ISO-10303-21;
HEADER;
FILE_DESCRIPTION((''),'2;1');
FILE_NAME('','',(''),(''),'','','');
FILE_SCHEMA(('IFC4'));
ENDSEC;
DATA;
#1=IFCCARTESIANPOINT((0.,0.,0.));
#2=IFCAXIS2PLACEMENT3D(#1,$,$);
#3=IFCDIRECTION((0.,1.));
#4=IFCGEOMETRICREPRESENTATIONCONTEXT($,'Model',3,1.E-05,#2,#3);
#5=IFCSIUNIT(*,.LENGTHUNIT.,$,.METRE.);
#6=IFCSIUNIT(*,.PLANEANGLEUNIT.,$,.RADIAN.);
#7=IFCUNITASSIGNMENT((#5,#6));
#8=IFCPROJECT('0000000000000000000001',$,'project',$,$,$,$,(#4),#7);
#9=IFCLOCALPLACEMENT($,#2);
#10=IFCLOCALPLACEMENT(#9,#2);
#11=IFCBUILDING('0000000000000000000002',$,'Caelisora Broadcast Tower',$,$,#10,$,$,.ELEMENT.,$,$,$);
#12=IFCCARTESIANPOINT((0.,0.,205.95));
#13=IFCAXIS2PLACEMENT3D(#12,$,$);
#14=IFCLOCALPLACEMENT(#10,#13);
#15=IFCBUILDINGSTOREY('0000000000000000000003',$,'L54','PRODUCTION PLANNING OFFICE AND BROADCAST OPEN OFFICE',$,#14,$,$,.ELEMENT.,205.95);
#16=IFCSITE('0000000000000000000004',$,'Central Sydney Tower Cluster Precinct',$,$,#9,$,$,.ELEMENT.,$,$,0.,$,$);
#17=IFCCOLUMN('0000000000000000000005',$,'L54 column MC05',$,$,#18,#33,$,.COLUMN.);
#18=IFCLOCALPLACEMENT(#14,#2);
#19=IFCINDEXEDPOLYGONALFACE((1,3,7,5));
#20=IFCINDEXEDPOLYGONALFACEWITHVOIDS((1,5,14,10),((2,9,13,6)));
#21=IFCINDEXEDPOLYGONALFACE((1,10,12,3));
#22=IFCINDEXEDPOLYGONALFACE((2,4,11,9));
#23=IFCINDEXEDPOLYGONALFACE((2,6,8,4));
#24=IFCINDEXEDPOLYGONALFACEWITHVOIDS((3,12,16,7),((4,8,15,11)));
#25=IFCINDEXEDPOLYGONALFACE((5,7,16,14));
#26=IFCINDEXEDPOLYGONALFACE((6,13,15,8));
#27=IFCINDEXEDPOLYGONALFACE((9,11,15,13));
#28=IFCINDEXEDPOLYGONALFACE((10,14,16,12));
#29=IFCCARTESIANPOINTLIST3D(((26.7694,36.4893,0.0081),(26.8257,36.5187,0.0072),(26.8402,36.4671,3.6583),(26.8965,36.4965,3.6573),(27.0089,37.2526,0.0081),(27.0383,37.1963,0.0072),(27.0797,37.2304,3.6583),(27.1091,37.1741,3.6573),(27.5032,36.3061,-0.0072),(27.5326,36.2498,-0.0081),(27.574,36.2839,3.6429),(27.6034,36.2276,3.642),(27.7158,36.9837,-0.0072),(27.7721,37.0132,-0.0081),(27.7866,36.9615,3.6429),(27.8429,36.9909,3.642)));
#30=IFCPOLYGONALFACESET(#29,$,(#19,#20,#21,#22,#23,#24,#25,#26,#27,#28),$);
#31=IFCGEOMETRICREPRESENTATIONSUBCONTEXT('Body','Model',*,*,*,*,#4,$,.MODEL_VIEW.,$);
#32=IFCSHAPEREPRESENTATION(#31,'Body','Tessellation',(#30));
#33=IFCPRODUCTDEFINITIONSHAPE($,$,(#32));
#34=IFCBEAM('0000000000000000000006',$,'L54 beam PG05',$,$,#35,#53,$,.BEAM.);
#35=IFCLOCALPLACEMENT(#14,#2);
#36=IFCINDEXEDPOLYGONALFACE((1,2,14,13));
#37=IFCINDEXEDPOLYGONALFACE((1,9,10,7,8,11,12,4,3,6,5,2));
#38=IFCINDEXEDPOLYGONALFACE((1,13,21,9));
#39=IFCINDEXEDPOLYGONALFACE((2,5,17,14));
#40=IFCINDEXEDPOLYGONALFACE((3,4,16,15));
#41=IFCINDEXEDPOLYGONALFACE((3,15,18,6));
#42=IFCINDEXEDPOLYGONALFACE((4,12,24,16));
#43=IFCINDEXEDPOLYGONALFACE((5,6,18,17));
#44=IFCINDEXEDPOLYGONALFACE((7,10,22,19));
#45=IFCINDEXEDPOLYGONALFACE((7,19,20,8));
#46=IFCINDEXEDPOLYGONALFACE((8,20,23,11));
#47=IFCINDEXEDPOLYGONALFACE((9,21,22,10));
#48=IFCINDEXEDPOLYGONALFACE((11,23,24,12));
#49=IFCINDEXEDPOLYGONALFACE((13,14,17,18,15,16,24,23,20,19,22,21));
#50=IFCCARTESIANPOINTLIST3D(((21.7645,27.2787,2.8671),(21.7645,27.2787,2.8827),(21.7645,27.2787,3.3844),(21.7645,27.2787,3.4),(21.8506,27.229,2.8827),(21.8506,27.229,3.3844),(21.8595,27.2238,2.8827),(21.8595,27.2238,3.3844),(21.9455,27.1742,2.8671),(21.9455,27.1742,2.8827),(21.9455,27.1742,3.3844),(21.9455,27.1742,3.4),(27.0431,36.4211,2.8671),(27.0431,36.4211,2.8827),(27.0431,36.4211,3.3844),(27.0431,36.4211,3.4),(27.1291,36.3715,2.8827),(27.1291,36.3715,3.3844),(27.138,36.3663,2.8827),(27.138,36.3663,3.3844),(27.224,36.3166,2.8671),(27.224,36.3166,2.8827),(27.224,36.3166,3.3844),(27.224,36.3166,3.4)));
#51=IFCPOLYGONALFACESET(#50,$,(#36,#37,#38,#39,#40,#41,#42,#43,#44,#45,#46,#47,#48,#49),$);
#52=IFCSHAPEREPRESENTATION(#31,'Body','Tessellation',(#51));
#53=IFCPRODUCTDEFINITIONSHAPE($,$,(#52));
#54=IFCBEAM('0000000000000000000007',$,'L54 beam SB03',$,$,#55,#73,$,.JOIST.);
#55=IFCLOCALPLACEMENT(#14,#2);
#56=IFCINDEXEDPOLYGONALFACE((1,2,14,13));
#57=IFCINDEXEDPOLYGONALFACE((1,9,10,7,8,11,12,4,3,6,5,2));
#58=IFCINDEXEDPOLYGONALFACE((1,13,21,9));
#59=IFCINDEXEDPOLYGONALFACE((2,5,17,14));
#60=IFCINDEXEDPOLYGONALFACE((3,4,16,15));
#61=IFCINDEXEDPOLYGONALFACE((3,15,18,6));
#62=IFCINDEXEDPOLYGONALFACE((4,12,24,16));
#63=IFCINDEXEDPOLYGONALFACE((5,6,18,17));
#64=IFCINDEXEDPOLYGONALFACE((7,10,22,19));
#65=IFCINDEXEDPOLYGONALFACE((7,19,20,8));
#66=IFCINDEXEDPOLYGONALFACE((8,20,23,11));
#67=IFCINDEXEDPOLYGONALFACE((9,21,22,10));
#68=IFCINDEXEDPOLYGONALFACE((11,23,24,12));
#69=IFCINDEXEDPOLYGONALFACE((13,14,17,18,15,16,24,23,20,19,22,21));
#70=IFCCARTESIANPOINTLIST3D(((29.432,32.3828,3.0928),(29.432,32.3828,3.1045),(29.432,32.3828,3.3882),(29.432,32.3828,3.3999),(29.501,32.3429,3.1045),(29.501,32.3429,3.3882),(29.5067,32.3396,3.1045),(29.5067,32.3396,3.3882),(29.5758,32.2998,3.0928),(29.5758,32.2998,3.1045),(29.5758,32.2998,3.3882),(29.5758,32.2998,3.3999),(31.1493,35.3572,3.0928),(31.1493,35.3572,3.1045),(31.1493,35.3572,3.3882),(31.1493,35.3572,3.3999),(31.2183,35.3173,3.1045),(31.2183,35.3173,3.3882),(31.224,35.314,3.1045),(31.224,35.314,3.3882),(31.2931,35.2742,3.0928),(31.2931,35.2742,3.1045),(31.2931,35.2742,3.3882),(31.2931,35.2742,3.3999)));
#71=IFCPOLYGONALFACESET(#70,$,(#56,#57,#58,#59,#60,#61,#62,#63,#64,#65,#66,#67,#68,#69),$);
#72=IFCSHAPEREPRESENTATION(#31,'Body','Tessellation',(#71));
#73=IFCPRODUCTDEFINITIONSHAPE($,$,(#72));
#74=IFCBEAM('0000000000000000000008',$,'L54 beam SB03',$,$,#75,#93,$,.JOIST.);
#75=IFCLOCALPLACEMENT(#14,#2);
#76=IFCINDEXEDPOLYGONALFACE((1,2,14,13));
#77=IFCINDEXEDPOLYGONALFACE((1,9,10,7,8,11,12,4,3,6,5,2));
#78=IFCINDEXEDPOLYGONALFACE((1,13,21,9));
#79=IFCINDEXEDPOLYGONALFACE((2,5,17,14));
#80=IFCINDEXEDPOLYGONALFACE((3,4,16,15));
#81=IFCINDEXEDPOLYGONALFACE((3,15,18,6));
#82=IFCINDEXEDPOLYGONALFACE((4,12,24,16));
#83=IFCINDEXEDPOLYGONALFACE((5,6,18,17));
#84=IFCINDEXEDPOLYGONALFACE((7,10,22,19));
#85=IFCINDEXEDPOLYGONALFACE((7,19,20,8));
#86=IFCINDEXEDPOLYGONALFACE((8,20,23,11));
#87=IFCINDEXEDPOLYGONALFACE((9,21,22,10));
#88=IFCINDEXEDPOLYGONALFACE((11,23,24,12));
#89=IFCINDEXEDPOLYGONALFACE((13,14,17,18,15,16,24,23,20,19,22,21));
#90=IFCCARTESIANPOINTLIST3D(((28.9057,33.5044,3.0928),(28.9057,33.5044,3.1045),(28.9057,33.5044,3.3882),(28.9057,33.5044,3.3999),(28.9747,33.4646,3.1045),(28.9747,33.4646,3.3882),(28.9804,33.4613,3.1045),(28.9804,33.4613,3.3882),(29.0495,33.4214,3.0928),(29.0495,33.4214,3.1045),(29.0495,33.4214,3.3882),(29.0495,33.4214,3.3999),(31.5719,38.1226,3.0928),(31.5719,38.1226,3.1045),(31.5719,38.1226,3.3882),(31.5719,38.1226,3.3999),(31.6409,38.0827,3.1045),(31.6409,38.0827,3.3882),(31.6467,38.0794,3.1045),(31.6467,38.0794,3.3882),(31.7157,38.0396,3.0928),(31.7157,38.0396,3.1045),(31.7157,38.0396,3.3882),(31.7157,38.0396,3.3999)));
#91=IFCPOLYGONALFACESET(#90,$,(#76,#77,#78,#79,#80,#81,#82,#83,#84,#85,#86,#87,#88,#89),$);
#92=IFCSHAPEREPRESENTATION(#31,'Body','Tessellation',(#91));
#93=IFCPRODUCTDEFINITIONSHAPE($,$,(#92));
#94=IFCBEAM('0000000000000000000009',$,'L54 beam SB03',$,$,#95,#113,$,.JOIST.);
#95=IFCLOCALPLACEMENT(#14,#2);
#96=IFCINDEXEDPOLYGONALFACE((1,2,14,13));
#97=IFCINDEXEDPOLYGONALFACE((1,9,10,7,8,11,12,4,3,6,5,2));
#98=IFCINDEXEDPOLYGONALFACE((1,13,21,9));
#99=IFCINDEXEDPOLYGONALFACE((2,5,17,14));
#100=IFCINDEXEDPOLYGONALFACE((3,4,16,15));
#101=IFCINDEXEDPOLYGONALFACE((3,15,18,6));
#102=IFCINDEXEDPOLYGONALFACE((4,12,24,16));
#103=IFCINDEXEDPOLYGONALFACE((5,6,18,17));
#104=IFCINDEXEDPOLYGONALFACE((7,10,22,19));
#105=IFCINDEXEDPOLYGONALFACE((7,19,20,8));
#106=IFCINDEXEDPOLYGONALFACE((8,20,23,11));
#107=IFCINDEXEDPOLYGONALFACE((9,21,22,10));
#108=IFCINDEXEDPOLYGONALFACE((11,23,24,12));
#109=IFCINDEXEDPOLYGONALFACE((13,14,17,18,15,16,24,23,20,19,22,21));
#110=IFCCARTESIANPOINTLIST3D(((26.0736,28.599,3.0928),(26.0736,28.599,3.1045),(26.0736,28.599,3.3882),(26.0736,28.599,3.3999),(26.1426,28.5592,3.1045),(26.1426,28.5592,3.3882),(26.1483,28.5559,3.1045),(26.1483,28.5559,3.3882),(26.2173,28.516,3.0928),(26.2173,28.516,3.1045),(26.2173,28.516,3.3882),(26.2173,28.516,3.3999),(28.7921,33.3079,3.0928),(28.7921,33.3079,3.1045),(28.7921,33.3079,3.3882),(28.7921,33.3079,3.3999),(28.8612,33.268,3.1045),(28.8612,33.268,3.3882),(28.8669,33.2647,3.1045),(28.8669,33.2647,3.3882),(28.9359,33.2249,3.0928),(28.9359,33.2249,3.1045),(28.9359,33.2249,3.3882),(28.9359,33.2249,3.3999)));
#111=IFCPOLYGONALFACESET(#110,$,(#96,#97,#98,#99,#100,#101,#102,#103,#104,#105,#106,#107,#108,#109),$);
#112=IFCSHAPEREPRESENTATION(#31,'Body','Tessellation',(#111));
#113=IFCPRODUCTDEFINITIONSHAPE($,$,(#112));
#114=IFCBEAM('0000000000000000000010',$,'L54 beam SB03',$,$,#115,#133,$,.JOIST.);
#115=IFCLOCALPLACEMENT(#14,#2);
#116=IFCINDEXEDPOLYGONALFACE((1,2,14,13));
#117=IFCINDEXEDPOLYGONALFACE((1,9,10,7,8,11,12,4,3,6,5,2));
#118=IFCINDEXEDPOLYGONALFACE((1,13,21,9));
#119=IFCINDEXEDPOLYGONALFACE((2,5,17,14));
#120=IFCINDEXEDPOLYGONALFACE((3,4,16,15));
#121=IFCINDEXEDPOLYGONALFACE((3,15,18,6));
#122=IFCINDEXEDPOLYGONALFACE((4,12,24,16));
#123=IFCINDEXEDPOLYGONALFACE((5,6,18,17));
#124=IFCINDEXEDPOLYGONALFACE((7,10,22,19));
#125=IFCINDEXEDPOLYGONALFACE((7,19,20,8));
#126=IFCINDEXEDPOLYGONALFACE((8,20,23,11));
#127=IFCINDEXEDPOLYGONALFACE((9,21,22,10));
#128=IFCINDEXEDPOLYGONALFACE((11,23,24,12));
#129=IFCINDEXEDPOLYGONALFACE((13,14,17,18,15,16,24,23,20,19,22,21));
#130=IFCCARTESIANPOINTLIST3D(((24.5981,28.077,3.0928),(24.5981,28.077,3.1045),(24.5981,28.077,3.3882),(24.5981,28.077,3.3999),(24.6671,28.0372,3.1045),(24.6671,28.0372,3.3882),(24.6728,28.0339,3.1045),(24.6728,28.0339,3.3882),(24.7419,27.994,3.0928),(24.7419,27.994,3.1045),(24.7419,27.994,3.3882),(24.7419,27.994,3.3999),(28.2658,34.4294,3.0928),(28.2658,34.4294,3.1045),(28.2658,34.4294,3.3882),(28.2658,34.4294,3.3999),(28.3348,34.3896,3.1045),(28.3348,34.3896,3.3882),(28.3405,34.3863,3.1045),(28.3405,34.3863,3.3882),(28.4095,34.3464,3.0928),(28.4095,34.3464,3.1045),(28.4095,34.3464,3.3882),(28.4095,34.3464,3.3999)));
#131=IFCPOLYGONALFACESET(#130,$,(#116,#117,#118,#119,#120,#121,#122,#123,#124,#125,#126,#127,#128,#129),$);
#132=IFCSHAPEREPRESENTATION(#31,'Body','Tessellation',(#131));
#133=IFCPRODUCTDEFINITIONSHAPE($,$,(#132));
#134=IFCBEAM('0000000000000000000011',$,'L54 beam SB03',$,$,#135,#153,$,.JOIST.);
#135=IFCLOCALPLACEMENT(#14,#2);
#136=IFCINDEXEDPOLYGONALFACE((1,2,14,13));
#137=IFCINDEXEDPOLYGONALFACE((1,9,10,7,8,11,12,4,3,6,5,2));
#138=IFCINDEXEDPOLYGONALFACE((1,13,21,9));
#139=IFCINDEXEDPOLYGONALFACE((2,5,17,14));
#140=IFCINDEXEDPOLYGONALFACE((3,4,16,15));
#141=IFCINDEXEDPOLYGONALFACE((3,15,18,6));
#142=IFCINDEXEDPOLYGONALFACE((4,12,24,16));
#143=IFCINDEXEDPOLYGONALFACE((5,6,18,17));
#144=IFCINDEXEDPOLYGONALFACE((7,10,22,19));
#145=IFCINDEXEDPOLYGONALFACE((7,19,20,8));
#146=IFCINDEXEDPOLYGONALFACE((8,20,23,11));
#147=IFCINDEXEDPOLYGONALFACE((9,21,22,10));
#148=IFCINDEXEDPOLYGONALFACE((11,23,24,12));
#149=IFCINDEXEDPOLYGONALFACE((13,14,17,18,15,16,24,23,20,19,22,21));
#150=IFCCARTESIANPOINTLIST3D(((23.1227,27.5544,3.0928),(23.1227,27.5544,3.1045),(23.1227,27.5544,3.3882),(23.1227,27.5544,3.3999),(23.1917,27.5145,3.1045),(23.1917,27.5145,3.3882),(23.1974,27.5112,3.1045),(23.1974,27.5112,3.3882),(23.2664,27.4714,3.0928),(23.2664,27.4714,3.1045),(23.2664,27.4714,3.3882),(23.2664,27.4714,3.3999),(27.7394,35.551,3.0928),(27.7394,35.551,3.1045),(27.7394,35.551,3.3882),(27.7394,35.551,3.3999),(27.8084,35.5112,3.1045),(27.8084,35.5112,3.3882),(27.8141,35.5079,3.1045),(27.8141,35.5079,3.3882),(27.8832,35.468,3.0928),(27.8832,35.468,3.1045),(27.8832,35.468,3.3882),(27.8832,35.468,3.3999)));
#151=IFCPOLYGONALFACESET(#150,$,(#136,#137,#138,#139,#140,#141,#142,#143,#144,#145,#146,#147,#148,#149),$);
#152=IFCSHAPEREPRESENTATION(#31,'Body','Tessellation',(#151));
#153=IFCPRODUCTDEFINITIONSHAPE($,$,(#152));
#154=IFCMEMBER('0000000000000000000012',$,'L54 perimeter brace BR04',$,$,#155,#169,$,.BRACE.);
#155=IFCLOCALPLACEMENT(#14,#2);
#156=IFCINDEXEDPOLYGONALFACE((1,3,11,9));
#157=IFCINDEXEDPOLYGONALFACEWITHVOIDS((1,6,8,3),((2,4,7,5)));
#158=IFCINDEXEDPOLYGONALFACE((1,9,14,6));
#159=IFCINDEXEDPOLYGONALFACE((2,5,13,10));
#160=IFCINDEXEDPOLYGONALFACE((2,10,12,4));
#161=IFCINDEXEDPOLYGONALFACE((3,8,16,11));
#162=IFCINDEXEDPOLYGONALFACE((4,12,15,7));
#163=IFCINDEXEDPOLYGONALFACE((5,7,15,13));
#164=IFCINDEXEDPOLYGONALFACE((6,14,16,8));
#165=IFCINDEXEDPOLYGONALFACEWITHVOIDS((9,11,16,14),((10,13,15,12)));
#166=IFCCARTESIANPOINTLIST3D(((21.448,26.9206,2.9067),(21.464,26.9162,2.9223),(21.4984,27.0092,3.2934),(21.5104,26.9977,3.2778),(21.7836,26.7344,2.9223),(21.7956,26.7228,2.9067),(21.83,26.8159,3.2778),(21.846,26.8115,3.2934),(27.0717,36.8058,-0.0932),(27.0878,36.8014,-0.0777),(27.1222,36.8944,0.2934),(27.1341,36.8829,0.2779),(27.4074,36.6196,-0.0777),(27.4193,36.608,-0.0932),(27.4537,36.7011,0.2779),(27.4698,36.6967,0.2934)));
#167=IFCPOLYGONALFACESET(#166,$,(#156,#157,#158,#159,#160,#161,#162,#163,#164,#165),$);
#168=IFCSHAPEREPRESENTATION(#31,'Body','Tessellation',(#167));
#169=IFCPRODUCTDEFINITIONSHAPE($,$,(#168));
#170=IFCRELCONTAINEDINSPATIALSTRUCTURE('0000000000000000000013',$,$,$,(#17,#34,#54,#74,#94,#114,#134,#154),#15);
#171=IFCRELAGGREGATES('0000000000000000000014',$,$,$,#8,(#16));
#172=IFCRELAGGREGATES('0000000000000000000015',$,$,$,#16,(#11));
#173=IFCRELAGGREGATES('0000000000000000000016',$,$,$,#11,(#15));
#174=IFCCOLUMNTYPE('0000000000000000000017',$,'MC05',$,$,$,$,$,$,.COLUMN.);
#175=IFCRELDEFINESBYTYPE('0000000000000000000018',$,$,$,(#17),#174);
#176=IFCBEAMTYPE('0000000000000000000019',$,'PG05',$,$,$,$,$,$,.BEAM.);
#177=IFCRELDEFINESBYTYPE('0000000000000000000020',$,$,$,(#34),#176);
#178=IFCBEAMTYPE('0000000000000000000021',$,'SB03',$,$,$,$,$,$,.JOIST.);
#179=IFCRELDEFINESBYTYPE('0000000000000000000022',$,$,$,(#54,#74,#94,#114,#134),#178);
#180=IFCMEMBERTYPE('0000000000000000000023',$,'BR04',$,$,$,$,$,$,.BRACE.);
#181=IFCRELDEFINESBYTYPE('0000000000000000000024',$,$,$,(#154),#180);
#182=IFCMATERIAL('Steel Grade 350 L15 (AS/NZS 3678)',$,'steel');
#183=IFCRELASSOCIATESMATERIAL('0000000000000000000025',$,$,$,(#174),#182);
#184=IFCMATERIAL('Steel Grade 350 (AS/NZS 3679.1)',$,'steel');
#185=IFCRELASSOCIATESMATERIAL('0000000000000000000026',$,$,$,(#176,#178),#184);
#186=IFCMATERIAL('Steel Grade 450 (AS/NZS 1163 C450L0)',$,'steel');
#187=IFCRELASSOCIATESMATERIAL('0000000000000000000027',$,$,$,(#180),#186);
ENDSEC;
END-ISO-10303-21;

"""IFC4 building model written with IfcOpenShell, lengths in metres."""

from ifc_helpers import new_model, si_unit, direction, frame, origin, origin_2d, place, context, subcontext, project, spatial, hollow_rectangle, i_section, extrude, source, transform, mapped, material, material_profile, profile_set, type_object, type_shapes, element, save


model = new_model("IFC4")

# Units and contexts
model_context = context("Model", 3, precision=1e-05, world=origin(), true_north=direction((0.0, 1.0)))
body_context = subcontext(model_context, "Body", "Model", "MODEL_VIEW")
ifc_project = project(units=[si_unit("LENGTHUNIT", "METRE"), si_unit("PLANEANGLEUNIT", "RADIAN")], contexts=[model_context])

# Site, building, storey
site_placement = place(None, origin())
site = spatial("IfcSite", under=ifc_project, at=site_placement, Name="Central Sydney Tower Cluster Precinct", CompositionType="ELEMENT", RefElevation=0.0)
building_placement = place(site_placement, origin())
building = spatial("IfcBuilding", under=site, at=building_placement, Name="Caelisora Broadcast Tower", CompositionType="ELEMENT")
storey_placement = place(building_placement, frame((0.0, 0.0, 205.95)))
storey = spatial("IfcBuildingStorey", under=building, at=storey_placement, Name="L54", Description="PRODUCTION PLANNING OFFICE AND BROADCAST OPEN OFFICE", CompositionType="ELEMENT", Elevation=205.95)

# Column
ifc_material_1 = material(Name="Steel Grade 350 L15 (AS/NZS 3678)", Category="steel")
ifc_material_profile_1 = material_profile(ifc_material_1, hollow_rectangle(XDim=0.8, YDim=0.8, WallThickness=0.0449, at=origin_2d()), Name="Steel Grade 350 L15 (AS/NZS 3678)")
ifc_profile_set_1 = profile_set([ifc_material_profile_1], Name="Steel Grade 350 L15 (AS/NZS 3678)")
column_type = type_object("IfcColumnType", Name="MC05", PredefinedType="COLUMN", material=ifc_profile_set_1)
shared_shape_1 = source(origin(), body_context, "Body", "SweptSolid", [
    extrude(hollow_rectangle(XDim=0.8, YDim=0.8, WallThickness=0.0449, at=origin_2d()), origin(), (0.0, 0.0, 1.0), 3.6509),
])
type_shapes(column_type, [shared_shape_1])
column_placement = place(storey_placement, frame((27.2708, 36.7512, 0.0), z_axis=(0.019393, -0.006085, 0.999793), x_axis=(0.299399, 0.954128, 0.0)))
element("IfcColumn", 1, at=column_placement, inside=storey, type_object=column_type, Name="L54 column MC05", PredefinedType="COLUMN", context=body_context, shape_type="MappedRepresentation", body=[
    mapped(shared_shape_1, transform((0.0, 0.0, 0.0), scale=1.0)),
])

# Beams
ifc_material_2 = material(Name="Steel Grade 350 (AS/NZS 3679.1)", Category="steel")
ifc_material_profile_2 = material_profile(ifc_material_2, i_section(OverallWidth=0.209, OverallDepth=0.533, WebThickness=0.0103, FlangeThickness=0.0156, at=origin_2d()), Name="Steel Grade 350 (AS/NZS 3679.1)")
ifc_profile_set_2 = profile_set([ifc_material_profile_2], Name="Steel Grade 350 (AS/NZS 3679.1)")
beam_type_1 = type_object("IfcBeamType", Name="PG05", PredefinedType="BEAM", material=ifc_profile_set_2)
shared_shape_2 = source(origin(), body_context, "Body", "SweptSolid", [
    extrude(i_section(OverallWidth=0.209, OverallDepth=0.533, WebThickness=0.0103, FlangeThickness=0.0156, at=origin_2d()), origin(), (0.0, 0.0, 1.0), 10.5569),
])
type_shapes(beam_type_1, [shared_shape_2])
beam_1_placement = place(storey_placement, frame((27.1335, 36.3689, 3.1335), z_axis=(-0.500007, -0.866022, 0.0), x_axis=(0.866022, -0.500007, 0.0)))
element("IfcBeam", 2, at=beam_1_placement, inside=storey, type_object=beam_type_1, Name="L54 beam PG05", PredefinedType="BEAM", context=body_context, shape_type="MappedRepresentation", body=[
    mapped(shared_shape_2, transform((0.0, 0.0, 0.0), scale=1.0)),
])
ifc_material_profile_3 = material_profile(ifc_material_2, i_section(OverallWidth=0.166, OverallDepth=0.3071, WebThickness=0.0066, FlangeThickness=0.0117, at=origin_2d()), Name="Steel Grade 350 (AS/NZS 3679.1)")
ifc_profile_set_3 = profile_set([ifc_material_profile_3], Name="Steel Grade 350 (AS/NZS 3679.1)")
beam_type_2 = type_object("IfcBeamType", Name="SB03", PredefinedType="JOIST", material=ifc_profile_set_3)
shared_shape_3 = source(origin(), body_context, "Body", "SweptSolid", [
    extrude(i_section(OverallWidth=0.166, OverallDepth=0.3071, WebThickness=0.0066, FlangeThickness=0.0117, at=origin_2d()), origin(), (0.0, 0.0, 1.0), 3.4346),
])
beam_2_placement = place(storey_placement, frame((31.2212, 35.3157, 3.2463), z_axis=(-0.500008, -0.866021, 0.0), x_axis=(0.866021, -0.500008, 0.0)))
element("IfcBeam", 3, at=beam_2_placement, inside=storey, type_object=beam_type_2, Name="L54 beam SB03", PredefinedType="JOIST", context=body_context, shape_type="MappedRepresentation", body=[
    mapped(shared_shape_3, transform((0.0, 0.0, 0.0), scale=1.0)),
])
shared_shape_4 = source(origin(), body_context, "Body", "SweptSolid", [
    extrude(i_section(OverallWidth=0.166, OverallDepth=0.3071, WebThickness=0.0066, FlangeThickness=0.0117, at=origin_2d()), origin(), (0.0, 0.0, 1.0), 5.3325),
])
beam_3_placement = place(storey_placement, frame((31.6438, 38.0811, 3.2463), z_axis=(-0.499995, -0.866029, 0.0), x_axis=(0.866029, -0.499995, 0.0)))
element("IfcBeam", 4, at=beam_3_placement, inside=storey, type_object=beam_type_2, Name="L54 beam SB03", PredefinedType="JOIST", context=body_context, shape_type="MappedRepresentation", body=[
    mapped(shared_shape_4, transform((0.0, 0.0, 0.0), scale=1.0)),
])
shared_shape_5 = source(origin(), body_context, "Body", "SweptSolid", [
    extrude(i_section(OverallWidth=0.166, OverallDepth=0.3071, WebThickness=0.0066, FlangeThickness=0.0117, at=origin_2d()), origin(), (0.0, 0.0, 1.0), 5.4373),
])
beam_4_placement = place(storey_placement, frame((28.864, 33.2664, 3.2463), z_axis=(-0.499988, -0.866032, 0.0), x_axis=(0.866032, -0.499988, 0.0)))
element("IfcBeam", 5, at=beam_4_placement, inside=storey, type_object=beam_type_2, Name="L54 beam SB03", PredefinedType="JOIST", context=body_context, shape_type="MappedRepresentation", body=[
    mapped(shared_shape_5, transform((0.0, 0.0, 0.0), scale=1.0)),
])
shared_shape_6 = source(origin(), body_context, "Body", "SweptSolid", [
    extrude(i_section(OverallWidth=0.166, OverallDepth=0.3071, WebThickness=0.0066, FlangeThickness=0.0117, at=origin_2d()), origin(), (0.0, 0.0, 1.0), 7.3352),
])
beam_5_placement = place(storey_placement, frame((28.3376, 34.3879, 3.2463), z_axis=(-0.500009, -0.86602, 0.0), x_axis=(0.86602, -0.500009, 0.0)))
element("IfcBeam", 6, at=beam_5_placement, inside=storey, type_object=beam_type_2, Name="L54 beam SB03", PredefinedType="JOIST", context=body_context, shape_type="MappedRepresentation", body=[
    mapped(shared_shape_6, transform((0.0, 0.0, 0.0), scale=1.0)),
])
shared_shape_7 = source(origin(), body_context, "Body", "SweptSolid", [
    extrude(i_section(OverallWidth=0.166, OverallDepth=0.3071, WebThickness=0.0066, FlangeThickness=0.0117, at=origin_2d()), origin(), (0.0, 0.0, 1.0), 9.2336),
])
type_shapes(beam_type_2, [shared_shape_3, shared_shape_4, shared_shape_5, shared_shape_6, shared_shape_7])
beam_6_placement = place(storey_placement, frame((27.8113, 35.5095, 3.2463), z_axis=(-0.499989, -0.866031, 0.0), x_axis=(0.866031, -0.499989, 0.0)))
element("IfcBeam", 7, at=beam_6_placement, inside=storey, type_object=beam_type_2, Name="L54 beam SB03", PredefinedType="JOIST", context=body_context, shape_type="MappedRepresentation", body=[
    mapped(shared_shape_7, transform((0.0, 0.0, 0.0), scale=1.0)),
])

# Member
ifc_material_3 = material(Name="Steel Grade 450 (AS/NZS 1163 C450L0)", Category="steel")
ifc_material_profile_4 = material_profile(ifc_material_3, hollow_rectangle(XDim=0.3999, YDim=0.3999, WallThickness=0.0161, at=origin_2d()), Name="Steel Grade 450 (AS/NZS 1163 C450L0)")
ifc_profile_set_4 = profile_set([ifc_material_profile_4], Name="Steel Grade 450 (AS/NZS 1163 C450L0)")
member_type_1 = type_object("IfcMemberType", Name="BR04", PredefinedType="BRACE", material=ifc_profile_set_4)
shared_shape_8 = source(origin(), body_context, "Body", "SweptSolid", [
    extrude(hollow_rectangle(XDim=0.3999, YDim=0.3999, WallThickness=0.0161, at=origin_2d()), origin(), (0.0, 0.0, 1.0), 11.762),
])
type_shapes(member_type_1, [shared_shape_8])
member_1_placement = place(storey_placement, frame((27.2708, 36.7512, 0.1001), z_axis=(-0.47813, -0.840438, 0.255058), x_axis=(0.869186, -0.494485, 0.0)))
element("IfcMember", 8, at=member_1_placement, inside=storey, type_object=member_type_1, Name="L54 perimeter brace BR04", PredefinedType="BRACE", context=body_context, shape_type="MappedRepresentation", body=[
    mapped(shared_shape_8, transform((0.0, 0.0, 0.0), scale=1.0)),
])

save(model, "model.ifc")
